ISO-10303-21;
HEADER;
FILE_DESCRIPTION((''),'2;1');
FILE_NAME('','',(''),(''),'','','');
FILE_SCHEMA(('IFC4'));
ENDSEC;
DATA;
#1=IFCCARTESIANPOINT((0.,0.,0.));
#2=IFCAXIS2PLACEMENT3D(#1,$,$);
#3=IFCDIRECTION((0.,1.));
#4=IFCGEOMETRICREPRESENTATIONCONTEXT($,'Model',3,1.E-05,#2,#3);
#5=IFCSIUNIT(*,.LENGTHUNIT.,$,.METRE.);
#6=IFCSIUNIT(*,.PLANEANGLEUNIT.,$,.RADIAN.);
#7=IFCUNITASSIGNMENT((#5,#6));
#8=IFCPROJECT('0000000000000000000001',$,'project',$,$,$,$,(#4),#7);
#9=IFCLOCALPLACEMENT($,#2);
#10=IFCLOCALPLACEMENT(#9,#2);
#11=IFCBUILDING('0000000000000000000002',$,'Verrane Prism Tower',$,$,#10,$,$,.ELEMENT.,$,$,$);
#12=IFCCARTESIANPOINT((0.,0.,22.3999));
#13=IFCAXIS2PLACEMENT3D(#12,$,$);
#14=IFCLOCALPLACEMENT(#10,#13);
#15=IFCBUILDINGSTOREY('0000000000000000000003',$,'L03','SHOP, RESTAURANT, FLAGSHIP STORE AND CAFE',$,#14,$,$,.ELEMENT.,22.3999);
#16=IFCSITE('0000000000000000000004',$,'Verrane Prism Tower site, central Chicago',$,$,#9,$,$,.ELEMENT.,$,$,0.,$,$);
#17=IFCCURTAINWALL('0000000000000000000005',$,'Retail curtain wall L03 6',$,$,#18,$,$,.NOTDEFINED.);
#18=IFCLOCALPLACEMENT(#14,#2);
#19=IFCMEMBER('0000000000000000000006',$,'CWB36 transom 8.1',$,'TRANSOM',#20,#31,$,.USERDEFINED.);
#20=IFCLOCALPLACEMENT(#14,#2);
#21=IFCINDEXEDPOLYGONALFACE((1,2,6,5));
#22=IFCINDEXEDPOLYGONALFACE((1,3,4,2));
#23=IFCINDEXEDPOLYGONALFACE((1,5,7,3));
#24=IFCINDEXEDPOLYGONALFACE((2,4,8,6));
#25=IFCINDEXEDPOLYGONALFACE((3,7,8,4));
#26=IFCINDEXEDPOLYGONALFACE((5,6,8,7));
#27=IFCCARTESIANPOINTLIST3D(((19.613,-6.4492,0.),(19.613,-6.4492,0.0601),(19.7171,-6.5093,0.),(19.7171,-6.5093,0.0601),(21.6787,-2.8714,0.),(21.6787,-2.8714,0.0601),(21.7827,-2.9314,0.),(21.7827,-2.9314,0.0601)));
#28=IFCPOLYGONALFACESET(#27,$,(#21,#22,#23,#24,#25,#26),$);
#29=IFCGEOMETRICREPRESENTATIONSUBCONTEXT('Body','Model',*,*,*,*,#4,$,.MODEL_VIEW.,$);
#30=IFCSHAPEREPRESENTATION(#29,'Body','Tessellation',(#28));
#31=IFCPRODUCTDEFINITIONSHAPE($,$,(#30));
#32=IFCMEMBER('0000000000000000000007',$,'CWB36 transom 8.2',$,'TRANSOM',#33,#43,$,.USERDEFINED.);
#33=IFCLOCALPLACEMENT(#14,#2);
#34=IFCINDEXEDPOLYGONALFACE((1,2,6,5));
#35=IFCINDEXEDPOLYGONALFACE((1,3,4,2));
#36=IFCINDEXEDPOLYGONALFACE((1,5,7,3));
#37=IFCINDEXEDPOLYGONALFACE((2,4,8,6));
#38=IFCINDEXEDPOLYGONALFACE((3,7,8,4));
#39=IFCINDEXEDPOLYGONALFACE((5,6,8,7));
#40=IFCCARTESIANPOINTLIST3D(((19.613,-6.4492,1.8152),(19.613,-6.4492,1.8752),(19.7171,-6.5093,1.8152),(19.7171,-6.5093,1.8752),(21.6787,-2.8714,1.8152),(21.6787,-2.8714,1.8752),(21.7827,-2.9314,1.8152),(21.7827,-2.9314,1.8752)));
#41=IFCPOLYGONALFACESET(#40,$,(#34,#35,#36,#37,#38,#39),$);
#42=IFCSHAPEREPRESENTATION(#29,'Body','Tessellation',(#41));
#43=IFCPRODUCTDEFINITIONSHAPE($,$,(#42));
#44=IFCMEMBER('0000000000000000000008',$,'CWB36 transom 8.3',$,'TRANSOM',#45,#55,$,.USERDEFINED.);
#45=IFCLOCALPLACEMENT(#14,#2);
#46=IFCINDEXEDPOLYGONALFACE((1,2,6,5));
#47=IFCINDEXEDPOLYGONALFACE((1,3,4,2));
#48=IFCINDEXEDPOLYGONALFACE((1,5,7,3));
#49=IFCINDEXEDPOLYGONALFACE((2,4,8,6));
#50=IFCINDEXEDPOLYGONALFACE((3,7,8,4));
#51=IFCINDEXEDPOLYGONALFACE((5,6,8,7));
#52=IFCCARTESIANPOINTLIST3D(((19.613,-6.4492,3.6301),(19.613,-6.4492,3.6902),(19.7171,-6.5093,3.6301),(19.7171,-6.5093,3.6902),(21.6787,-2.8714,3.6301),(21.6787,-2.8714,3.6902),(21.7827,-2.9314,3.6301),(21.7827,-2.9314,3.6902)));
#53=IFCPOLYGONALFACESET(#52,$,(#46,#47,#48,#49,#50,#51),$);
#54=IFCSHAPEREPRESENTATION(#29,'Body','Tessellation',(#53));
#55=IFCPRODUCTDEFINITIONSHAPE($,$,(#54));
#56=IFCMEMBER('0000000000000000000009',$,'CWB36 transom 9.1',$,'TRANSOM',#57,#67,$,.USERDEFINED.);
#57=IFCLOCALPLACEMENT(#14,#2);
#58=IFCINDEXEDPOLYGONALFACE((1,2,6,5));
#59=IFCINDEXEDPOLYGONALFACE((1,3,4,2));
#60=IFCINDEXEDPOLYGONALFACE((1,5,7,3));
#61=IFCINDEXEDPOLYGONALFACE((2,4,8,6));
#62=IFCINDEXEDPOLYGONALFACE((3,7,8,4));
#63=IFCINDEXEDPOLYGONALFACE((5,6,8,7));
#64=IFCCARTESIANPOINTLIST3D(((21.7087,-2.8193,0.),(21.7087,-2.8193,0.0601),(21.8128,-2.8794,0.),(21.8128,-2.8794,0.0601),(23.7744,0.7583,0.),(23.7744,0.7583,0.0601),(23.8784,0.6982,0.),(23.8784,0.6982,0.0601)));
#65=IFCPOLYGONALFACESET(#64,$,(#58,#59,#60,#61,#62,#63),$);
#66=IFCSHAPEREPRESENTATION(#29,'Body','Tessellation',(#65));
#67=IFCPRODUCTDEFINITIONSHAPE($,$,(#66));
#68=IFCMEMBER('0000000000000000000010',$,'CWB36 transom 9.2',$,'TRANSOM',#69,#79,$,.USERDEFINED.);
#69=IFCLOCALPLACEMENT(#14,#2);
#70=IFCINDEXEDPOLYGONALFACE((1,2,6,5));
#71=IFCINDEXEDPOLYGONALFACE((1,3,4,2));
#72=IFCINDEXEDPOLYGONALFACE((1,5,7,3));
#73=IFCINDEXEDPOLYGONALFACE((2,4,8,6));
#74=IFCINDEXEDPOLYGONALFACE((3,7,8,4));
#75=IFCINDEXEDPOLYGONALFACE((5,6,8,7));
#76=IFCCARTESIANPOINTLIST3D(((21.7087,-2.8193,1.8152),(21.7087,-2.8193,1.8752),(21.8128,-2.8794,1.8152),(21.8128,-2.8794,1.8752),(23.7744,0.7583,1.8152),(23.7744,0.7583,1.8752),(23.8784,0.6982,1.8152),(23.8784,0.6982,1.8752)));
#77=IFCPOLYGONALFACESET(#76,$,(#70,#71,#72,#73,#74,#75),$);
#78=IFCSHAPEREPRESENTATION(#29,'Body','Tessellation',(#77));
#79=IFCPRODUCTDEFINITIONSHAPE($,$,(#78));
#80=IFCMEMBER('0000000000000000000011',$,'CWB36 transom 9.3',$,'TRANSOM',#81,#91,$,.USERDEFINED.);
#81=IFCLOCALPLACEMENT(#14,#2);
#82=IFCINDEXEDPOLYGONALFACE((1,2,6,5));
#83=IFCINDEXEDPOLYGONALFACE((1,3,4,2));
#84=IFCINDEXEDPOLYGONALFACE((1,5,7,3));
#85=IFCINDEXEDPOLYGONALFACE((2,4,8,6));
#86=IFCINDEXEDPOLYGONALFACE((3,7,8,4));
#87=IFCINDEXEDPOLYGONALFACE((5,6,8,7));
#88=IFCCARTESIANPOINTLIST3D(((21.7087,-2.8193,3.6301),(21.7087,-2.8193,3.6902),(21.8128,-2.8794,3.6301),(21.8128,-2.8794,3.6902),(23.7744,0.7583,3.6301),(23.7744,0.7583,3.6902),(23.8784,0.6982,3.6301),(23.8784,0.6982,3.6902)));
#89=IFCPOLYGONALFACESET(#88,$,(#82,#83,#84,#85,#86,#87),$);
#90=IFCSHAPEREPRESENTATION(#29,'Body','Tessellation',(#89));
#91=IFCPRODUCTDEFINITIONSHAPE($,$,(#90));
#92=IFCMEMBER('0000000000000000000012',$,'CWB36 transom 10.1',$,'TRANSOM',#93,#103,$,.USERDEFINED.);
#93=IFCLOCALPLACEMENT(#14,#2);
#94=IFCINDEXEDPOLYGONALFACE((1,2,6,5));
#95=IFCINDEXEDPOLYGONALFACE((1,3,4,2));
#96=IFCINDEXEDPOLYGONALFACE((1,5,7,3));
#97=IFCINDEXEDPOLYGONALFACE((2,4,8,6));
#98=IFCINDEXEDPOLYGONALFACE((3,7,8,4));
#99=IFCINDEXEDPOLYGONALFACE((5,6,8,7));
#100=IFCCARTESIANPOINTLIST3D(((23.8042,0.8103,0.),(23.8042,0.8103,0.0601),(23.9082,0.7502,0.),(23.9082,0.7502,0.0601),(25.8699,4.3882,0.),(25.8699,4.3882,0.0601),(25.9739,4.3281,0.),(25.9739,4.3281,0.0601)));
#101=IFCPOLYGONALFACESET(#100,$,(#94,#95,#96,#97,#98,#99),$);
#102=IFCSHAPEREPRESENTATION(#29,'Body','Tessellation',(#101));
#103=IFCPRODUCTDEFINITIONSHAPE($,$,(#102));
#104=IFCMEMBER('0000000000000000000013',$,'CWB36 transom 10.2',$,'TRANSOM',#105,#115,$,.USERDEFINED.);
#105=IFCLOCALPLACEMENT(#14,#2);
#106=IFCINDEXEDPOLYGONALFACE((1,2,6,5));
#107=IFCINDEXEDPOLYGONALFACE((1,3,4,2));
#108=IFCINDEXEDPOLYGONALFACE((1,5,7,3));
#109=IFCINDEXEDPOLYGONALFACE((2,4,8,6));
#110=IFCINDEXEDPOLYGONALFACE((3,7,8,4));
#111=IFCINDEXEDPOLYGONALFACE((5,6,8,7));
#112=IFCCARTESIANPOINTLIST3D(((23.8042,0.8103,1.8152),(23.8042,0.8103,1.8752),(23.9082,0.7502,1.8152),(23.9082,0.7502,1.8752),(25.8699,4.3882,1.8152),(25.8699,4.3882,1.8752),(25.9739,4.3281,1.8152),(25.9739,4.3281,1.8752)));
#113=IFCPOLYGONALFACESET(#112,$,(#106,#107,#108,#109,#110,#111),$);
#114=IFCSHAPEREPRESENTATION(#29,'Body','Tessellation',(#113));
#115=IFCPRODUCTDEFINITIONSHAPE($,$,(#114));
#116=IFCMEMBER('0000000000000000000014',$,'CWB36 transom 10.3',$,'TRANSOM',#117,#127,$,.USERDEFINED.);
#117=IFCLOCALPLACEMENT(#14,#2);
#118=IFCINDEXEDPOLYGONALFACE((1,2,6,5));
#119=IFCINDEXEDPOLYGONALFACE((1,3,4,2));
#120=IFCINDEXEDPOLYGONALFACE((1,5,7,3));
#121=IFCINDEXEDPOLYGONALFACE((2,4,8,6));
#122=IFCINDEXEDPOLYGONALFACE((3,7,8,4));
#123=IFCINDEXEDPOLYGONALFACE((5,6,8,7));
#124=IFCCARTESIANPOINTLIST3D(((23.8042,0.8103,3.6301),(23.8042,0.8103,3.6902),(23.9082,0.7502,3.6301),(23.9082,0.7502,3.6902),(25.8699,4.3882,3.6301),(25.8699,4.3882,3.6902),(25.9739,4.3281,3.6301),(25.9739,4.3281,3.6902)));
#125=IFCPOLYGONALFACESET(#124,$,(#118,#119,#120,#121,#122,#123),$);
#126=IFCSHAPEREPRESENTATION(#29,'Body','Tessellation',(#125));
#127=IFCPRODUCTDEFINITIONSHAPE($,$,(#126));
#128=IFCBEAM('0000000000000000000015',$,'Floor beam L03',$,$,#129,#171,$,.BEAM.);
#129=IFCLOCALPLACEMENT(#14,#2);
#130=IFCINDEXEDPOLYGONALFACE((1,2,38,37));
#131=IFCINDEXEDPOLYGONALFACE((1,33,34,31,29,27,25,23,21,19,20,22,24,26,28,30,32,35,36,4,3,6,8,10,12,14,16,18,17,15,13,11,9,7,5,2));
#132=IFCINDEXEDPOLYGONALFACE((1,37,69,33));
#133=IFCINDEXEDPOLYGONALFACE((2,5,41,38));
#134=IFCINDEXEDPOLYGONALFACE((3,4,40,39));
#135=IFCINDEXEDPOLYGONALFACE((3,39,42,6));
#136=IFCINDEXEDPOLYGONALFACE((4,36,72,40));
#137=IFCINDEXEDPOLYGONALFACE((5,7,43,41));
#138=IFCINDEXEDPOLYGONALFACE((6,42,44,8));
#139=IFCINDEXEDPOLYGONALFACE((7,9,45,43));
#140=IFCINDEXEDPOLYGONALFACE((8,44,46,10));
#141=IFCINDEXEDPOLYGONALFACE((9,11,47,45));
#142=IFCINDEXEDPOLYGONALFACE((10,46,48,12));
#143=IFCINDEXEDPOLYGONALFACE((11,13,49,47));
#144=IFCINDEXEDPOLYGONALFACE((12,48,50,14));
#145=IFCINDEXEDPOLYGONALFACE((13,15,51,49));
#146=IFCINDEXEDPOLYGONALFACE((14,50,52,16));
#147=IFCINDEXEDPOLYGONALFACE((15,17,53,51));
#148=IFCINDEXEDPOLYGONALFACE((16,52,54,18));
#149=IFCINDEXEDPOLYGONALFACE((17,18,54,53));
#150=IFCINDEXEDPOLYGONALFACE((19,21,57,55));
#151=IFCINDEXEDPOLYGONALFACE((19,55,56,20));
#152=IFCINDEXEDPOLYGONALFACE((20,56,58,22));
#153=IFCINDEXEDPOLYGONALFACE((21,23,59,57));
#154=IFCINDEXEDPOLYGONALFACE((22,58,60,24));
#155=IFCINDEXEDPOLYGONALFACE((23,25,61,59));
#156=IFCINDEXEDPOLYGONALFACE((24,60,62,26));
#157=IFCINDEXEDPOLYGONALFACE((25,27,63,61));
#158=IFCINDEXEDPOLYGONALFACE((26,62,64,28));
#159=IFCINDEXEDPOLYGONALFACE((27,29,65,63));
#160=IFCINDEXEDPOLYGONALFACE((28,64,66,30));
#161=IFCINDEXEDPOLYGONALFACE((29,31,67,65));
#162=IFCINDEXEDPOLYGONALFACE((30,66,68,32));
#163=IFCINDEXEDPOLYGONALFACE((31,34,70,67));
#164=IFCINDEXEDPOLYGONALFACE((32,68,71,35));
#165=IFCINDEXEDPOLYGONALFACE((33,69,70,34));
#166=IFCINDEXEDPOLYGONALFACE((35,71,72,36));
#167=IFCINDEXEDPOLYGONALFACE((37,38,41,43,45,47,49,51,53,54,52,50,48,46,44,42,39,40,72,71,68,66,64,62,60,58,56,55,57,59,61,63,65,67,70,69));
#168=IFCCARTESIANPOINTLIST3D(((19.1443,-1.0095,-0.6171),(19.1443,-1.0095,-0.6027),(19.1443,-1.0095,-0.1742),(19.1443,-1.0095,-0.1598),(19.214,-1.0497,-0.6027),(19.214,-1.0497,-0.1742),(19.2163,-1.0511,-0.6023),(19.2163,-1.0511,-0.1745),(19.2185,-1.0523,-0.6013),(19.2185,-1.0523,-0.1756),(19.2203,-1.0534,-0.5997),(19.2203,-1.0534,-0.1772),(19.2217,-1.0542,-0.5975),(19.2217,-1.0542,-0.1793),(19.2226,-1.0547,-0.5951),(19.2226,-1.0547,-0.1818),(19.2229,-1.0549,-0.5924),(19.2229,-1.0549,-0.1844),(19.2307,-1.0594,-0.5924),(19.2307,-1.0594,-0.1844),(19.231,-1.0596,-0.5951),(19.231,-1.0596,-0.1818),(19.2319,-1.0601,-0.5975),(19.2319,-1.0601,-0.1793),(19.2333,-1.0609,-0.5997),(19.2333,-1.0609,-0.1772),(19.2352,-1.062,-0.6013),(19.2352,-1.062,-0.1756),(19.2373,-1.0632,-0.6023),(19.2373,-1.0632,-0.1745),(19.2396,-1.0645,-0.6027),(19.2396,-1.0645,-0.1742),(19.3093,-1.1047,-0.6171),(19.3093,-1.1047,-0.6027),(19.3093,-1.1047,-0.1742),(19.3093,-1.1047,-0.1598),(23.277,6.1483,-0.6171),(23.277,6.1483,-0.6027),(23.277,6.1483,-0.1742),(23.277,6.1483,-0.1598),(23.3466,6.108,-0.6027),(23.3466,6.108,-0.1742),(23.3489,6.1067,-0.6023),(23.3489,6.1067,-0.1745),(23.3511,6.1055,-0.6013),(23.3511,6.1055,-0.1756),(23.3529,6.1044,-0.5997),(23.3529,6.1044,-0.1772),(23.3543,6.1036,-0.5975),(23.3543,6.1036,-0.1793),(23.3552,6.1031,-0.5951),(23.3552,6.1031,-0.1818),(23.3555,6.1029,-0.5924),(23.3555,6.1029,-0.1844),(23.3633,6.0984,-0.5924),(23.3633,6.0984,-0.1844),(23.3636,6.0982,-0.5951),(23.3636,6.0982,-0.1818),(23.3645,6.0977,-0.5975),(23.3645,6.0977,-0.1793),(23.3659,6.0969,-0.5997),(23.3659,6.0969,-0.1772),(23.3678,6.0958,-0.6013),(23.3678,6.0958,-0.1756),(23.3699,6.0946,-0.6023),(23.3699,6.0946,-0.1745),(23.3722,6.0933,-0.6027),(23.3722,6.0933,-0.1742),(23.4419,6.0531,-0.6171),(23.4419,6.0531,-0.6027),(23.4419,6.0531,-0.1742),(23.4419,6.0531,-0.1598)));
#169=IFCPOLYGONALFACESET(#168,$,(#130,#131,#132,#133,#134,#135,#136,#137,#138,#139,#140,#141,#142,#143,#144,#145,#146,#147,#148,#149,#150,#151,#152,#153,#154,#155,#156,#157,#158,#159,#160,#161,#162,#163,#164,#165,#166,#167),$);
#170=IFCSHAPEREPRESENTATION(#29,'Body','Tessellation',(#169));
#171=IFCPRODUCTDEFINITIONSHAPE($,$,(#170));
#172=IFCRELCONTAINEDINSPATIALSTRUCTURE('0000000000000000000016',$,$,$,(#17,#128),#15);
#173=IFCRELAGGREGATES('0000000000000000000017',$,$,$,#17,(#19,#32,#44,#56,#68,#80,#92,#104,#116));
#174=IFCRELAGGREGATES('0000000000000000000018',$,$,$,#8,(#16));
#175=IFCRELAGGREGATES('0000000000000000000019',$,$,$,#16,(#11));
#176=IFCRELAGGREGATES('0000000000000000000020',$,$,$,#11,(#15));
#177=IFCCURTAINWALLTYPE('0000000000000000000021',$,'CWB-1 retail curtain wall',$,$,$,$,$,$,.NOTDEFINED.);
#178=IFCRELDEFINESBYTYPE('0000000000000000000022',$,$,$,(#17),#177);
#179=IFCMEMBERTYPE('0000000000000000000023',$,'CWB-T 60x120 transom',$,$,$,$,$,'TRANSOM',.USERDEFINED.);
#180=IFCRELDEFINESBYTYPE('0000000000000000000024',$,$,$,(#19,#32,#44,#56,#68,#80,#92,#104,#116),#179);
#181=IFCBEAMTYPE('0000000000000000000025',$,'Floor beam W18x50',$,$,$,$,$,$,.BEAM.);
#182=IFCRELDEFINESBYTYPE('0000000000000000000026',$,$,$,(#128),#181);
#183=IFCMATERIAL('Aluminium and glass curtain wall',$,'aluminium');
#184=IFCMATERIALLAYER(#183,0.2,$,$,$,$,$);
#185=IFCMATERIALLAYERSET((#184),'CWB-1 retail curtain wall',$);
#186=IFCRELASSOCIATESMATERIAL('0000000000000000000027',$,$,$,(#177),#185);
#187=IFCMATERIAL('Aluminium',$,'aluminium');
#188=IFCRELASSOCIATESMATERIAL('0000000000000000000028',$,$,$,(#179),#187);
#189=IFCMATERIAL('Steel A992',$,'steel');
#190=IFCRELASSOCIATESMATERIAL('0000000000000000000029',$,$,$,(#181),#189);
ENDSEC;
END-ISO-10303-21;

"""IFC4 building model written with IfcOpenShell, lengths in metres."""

from ifc_helpers import new_model, si_unit, direction, frame, origin, origin_2d, place, context, subcontext, project, spatial, rectangle, i_section, extrude, material, layer, layer_set, material_profile, profile_set, type_object, element, aggregate, save


model = new_model("IFC4")

# Units and contexts
model_context = context("Model", 3, precision=1e-05, world=origin(), true_north=direction((0.0, 1.0)))
body_context = subcontext(model_context, "Body", "Model", "MODEL_VIEW")
ifc_project = project(units=[si_unit("LENGTHUNIT", "METRE"), si_unit("PLANEANGLEUNIT", "RADIAN")], contexts=[model_context])

# Site, building, storey
site_placement = place(None, origin())
site = spatial("IfcSite", under=ifc_project, at=site_placement, Name="Verrane Prism Tower site, central Chicago", CompositionType="ELEMENT", RefElevation=0.0)
building_placement = place(site_placement, origin())
building = spatial("IfcBuilding", under=site, at=building_placement, Name="Verrane Prism Tower", CompositionType="ELEMENT")
storey_placement = place(building_placement, frame((0.0, 0.0, 22.3999)))
storey = spatial("IfcBuildingStorey", under=building, at=storey_placement, Name="L03", Description="SHOP, RESTAURANT, FLAGSHIP STORE AND CAFE", CompositionType="ELEMENT", Elevation=22.3999)

# Curtain wall, members
ifc_material_1 = material(Name="Aluminium and glass curtain wall", Category="aluminium")
ifc_layer_1 = layer(ifc_material_1, 0.2)
ifc_layer_set_1 = layer_set([ifc_layer_1], Name="CWB-1 retail curtain wall")
curtain_wall_type = type_object("IfcCurtainWallType", Name="CWB-1 retail curtain wall", PredefinedType="NOTDEFINED", material=ifc_layer_set_1)
curtain_wall_placement = place(storey_placement, origin())
curtain_wall = element("IfcCurtainWall", 1, at=curtain_wall_placement, inside=storey, type_object=curtain_wall_type, Name="Retail curtain wall L03 6", PredefinedType="NOTDEFINED")
ifc_material_2 = material(Name="Aluminium", Category="aluminium")
ifc_material_profile_1 = material_profile(ifc_material_2, rectangle(XDim=0.1201, YDim=0.0601, at=origin_2d()), Name="CWB-T 60x120 transom")
ifc_profile_set_1 = profile_set([ifc_material_profile_1], Name="Aluminium")
member_type_1 = type_object("IfcMemberType", Name="CWB-T 60x120 transom", ElementType="TRANSOM", PredefinedType="USERDEFINED", material=ifc_profile_set_1)
member_1_placement = place(storey_placement, frame((19.665, -6.4792, 0.03), z_axis=(0.499997, 0.866027, 0.0), x_axis=(-0.866027, 0.499997, 0.0)))
member_1 = element("IfcMember", 2, at=member_1_placement, type_object=member_type_1, Name="CWB36 transom 8.1", ObjectType="TRANSOM", PredefinedType="USERDEFINED", context=body_context, shape_type="SweptSolid", body=[
    extrude(rectangle(XDim=0.1201, YDim=0.0601, at=origin_2d()), origin(), (0.0, 0.0, 1.0), 4.1313),
])
member_2_placement = place(storey_placement, frame((19.665, -6.4792, 1.8452), z_axis=(0.499997, 0.866027, 0.0), x_axis=(-0.866027, 0.499997, 0.0)))
member_2 = element("IfcMember", 3, at=member_2_placement, type_object=member_type_1, Name="CWB36 transom 8.2", ObjectType="TRANSOM", PredefinedType="USERDEFINED", context=body_context, shape_type="SweptSolid", body=[
    extrude(rectangle(XDim=0.1201, YDim=0.0601, at=origin_2d()), origin(), (0.0, 0.0, 1.0), 4.1313),
])
member_3_placement = place(storey_placement, frame((19.665, -6.4792, 3.6602), z_axis=(0.499997, 0.866027, 0.0), x_axis=(-0.866027, 0.499997, 0.0)))
member_3 = element("IfcMember", 4, at=member_3_placement, type_object=member_type_1, Name="CWB36 transom 8.3", ObjectType="TRANSOM", PredefinedType="USERDEFINED", context=body_context, shape_type="SweptSolid", body=[
    extrude(rectangle(XDim=0.1201, YDim=0.0601, at=origin_2d()), origin(), (0.0, 0.0, 1.0), 4.1313),
])
member_4_placement = place(storey_placement, frame((21.7607, -2.8494, 0.03), z_axis=(0.500023, 0.866012, 0.0), x_axis=(-0.866012, 0.500023, 0.0)))
member_4 = element("IfcMember", 5, at=member_4_placement, type_object=member_type_1, Name="CWB36 transom 9.1", ObjectType="TRANSOM", PredefinedType="USERDEFINED", context=body_context, shape_type="SweptSolid", body=[
    extrude(rectangle(XDim=0.1201, YDim=0.0601, at=origin_2d()), origin(), (0.0, 0.0, 1.0), 4.1311),
])
member_5_placement = place(storey_placement, frame((21.7607, -2.8494, 1.8452), z_axis=(0.500023, 0.866012, 0.0), x_axis=(-0.866012, 0.500023, 0.0)))
member_5 = element("IfcMember", 6, at=member_5_placement, type_object=member_type_1, Name="CWB36 transom 9.2", ObjectType="TRANSOM", PredefinedType="USERDEFINED", context=body_context, shape_type="SweptSolid", body=[
    extrude(rectangle(XDim=0.1201, YDim=0.0601, at=origin_2d()), origin(), (0.0, 0.0, 1.0), 4.1311),
])
member_6_placement = place(storey_placement, frame((21.7607, -2.8494, 3.6602), z_axis=(0.500023, 0.866012, 0.0), x_axis=(-0.866012, 0.500023, 0.0)))
member_6 = element("IfcMember", 7, at=member_6_placement, type_object=member_type_1, Name="CWB36 transom 9.3", ObjectType="TRANSOM", PredefinedType="USERDEFINED", context=body_context, shape_type="SweptSolid", body=[
    extrude(rectangle(XDim=0.1201, YDim=0.0601, at=origin_2d()), origin(), (0.0, 0.0, 1.0), 4.1311),
])
member_7_placement = place(storey_placement, frame((23.8562, 0.7803, 0.03), z_axis=(0.499997, 0.866027, 0.0), x_axis=(-0.866027, 0.499997, 0.0)))
member_7 = element("IfcMember", 8, at=member_7_placement, type_object=member_type_1, Name="CWB36 transom 10.1", ObjectType="TRANSOM", PredefinedType="USERDEFINED", context=body_context, shape_type="SweptSolid", body=[
    extrude(rectangle(XDim=0.1201, YDim=0.0601, at=origin_2d()), origin(), (0.0, 0.0, 1.0), 4.1313),
])
member_8_placement = place(storey_placement, frame((23.8562, 0.7803, 1.8452), z_axis=(0.499997, 0.866027, 0.0), x_axis=(-0.866027, 0.499997, 0.0)))
member_8 = element("IfcMember", 9, at=member_8_placement, type_object=member_type_1, Name="CWB36 transom 10.2", ObjectType="TRANSOM", PredefinedType="USERDEFINED", context=body_context, shape_type="SweptSolid", body=[
    extrude(rectangle(XDim=0.1201, YDim=0.0601, at=origin_2d()), origin(), (0.0, 0.0, 1.0), 4.1313),
])
member_9_placement = place(storey_placement, frame((23.8562, 0.7803, 3.6602), z_axis=(0.499997, 0.866027, 0.0), x_axis=(-0.866027, 0.499997, 0.0)))
member_9 = element("IfcMember", 10, at=member_9_placement, type_object=member_type_1, Name="CWB36 transom 10.3", ObjectType="TRANSOM", PredefinedType="USERDEFINED", context=body_context, shape_type="SweptSolid", body=[
    extrude(rectangle(XDim=0.1201, YDim=0.0601, at=origin_2d()), origin(), (0.0, 0.0, 1.0), 4.1313),
])

# Beam
ifc_material_3 = material(Name="Steel A992", Category="steel")
ifc_material_profile_2 = material_profile(ifc_material_3, i_section(OverallWidth=0.1904, OverallDepth=0.4573, WebThickness=0.009, FlangeThickness=0.0144, FilletRadius=0.0103, at=origin_2d()), Name="W18x50")
ifc_profile_set_2 = profile_set([ifc_material_profile_2], Name="Steel A992")
beam_type_1 = type_object("IfcBeamType", Name="Floor beam W18x50", PredefinedType="BEAM", material=ifc_profile_set_2)
beam_1_placement = place(storey_placement, frame((19.2268, -1.0571, -0.3884), z_axis=(0.500005, 0.866022, 0.0), x_axis=(-0.866022, 0.500005, 0.0)))
element("IfcBeam", 11, at=beam_1_placement, inside=storey, type_object=beam_type_1, Name="Floor beam L03", PredefinedType="BEAM", context=body_context, shape_type="SweptSolid", body=[
    extrude(i_section(OverallWidth=0.1904, OverallDepth=0.4573, WebThickness=0.009, FlangeThickness=0.0144, FilletRadius=0.0103, at=origin_2d()), origin(), (0.0, 0.0, 1.0), 8.2651),
])

aggregate(curtain_wall, [member_1, member_2, member_3, member_4, member_5, member_6, member_7, member_8, member_9])

save(model, "model.ifc")
